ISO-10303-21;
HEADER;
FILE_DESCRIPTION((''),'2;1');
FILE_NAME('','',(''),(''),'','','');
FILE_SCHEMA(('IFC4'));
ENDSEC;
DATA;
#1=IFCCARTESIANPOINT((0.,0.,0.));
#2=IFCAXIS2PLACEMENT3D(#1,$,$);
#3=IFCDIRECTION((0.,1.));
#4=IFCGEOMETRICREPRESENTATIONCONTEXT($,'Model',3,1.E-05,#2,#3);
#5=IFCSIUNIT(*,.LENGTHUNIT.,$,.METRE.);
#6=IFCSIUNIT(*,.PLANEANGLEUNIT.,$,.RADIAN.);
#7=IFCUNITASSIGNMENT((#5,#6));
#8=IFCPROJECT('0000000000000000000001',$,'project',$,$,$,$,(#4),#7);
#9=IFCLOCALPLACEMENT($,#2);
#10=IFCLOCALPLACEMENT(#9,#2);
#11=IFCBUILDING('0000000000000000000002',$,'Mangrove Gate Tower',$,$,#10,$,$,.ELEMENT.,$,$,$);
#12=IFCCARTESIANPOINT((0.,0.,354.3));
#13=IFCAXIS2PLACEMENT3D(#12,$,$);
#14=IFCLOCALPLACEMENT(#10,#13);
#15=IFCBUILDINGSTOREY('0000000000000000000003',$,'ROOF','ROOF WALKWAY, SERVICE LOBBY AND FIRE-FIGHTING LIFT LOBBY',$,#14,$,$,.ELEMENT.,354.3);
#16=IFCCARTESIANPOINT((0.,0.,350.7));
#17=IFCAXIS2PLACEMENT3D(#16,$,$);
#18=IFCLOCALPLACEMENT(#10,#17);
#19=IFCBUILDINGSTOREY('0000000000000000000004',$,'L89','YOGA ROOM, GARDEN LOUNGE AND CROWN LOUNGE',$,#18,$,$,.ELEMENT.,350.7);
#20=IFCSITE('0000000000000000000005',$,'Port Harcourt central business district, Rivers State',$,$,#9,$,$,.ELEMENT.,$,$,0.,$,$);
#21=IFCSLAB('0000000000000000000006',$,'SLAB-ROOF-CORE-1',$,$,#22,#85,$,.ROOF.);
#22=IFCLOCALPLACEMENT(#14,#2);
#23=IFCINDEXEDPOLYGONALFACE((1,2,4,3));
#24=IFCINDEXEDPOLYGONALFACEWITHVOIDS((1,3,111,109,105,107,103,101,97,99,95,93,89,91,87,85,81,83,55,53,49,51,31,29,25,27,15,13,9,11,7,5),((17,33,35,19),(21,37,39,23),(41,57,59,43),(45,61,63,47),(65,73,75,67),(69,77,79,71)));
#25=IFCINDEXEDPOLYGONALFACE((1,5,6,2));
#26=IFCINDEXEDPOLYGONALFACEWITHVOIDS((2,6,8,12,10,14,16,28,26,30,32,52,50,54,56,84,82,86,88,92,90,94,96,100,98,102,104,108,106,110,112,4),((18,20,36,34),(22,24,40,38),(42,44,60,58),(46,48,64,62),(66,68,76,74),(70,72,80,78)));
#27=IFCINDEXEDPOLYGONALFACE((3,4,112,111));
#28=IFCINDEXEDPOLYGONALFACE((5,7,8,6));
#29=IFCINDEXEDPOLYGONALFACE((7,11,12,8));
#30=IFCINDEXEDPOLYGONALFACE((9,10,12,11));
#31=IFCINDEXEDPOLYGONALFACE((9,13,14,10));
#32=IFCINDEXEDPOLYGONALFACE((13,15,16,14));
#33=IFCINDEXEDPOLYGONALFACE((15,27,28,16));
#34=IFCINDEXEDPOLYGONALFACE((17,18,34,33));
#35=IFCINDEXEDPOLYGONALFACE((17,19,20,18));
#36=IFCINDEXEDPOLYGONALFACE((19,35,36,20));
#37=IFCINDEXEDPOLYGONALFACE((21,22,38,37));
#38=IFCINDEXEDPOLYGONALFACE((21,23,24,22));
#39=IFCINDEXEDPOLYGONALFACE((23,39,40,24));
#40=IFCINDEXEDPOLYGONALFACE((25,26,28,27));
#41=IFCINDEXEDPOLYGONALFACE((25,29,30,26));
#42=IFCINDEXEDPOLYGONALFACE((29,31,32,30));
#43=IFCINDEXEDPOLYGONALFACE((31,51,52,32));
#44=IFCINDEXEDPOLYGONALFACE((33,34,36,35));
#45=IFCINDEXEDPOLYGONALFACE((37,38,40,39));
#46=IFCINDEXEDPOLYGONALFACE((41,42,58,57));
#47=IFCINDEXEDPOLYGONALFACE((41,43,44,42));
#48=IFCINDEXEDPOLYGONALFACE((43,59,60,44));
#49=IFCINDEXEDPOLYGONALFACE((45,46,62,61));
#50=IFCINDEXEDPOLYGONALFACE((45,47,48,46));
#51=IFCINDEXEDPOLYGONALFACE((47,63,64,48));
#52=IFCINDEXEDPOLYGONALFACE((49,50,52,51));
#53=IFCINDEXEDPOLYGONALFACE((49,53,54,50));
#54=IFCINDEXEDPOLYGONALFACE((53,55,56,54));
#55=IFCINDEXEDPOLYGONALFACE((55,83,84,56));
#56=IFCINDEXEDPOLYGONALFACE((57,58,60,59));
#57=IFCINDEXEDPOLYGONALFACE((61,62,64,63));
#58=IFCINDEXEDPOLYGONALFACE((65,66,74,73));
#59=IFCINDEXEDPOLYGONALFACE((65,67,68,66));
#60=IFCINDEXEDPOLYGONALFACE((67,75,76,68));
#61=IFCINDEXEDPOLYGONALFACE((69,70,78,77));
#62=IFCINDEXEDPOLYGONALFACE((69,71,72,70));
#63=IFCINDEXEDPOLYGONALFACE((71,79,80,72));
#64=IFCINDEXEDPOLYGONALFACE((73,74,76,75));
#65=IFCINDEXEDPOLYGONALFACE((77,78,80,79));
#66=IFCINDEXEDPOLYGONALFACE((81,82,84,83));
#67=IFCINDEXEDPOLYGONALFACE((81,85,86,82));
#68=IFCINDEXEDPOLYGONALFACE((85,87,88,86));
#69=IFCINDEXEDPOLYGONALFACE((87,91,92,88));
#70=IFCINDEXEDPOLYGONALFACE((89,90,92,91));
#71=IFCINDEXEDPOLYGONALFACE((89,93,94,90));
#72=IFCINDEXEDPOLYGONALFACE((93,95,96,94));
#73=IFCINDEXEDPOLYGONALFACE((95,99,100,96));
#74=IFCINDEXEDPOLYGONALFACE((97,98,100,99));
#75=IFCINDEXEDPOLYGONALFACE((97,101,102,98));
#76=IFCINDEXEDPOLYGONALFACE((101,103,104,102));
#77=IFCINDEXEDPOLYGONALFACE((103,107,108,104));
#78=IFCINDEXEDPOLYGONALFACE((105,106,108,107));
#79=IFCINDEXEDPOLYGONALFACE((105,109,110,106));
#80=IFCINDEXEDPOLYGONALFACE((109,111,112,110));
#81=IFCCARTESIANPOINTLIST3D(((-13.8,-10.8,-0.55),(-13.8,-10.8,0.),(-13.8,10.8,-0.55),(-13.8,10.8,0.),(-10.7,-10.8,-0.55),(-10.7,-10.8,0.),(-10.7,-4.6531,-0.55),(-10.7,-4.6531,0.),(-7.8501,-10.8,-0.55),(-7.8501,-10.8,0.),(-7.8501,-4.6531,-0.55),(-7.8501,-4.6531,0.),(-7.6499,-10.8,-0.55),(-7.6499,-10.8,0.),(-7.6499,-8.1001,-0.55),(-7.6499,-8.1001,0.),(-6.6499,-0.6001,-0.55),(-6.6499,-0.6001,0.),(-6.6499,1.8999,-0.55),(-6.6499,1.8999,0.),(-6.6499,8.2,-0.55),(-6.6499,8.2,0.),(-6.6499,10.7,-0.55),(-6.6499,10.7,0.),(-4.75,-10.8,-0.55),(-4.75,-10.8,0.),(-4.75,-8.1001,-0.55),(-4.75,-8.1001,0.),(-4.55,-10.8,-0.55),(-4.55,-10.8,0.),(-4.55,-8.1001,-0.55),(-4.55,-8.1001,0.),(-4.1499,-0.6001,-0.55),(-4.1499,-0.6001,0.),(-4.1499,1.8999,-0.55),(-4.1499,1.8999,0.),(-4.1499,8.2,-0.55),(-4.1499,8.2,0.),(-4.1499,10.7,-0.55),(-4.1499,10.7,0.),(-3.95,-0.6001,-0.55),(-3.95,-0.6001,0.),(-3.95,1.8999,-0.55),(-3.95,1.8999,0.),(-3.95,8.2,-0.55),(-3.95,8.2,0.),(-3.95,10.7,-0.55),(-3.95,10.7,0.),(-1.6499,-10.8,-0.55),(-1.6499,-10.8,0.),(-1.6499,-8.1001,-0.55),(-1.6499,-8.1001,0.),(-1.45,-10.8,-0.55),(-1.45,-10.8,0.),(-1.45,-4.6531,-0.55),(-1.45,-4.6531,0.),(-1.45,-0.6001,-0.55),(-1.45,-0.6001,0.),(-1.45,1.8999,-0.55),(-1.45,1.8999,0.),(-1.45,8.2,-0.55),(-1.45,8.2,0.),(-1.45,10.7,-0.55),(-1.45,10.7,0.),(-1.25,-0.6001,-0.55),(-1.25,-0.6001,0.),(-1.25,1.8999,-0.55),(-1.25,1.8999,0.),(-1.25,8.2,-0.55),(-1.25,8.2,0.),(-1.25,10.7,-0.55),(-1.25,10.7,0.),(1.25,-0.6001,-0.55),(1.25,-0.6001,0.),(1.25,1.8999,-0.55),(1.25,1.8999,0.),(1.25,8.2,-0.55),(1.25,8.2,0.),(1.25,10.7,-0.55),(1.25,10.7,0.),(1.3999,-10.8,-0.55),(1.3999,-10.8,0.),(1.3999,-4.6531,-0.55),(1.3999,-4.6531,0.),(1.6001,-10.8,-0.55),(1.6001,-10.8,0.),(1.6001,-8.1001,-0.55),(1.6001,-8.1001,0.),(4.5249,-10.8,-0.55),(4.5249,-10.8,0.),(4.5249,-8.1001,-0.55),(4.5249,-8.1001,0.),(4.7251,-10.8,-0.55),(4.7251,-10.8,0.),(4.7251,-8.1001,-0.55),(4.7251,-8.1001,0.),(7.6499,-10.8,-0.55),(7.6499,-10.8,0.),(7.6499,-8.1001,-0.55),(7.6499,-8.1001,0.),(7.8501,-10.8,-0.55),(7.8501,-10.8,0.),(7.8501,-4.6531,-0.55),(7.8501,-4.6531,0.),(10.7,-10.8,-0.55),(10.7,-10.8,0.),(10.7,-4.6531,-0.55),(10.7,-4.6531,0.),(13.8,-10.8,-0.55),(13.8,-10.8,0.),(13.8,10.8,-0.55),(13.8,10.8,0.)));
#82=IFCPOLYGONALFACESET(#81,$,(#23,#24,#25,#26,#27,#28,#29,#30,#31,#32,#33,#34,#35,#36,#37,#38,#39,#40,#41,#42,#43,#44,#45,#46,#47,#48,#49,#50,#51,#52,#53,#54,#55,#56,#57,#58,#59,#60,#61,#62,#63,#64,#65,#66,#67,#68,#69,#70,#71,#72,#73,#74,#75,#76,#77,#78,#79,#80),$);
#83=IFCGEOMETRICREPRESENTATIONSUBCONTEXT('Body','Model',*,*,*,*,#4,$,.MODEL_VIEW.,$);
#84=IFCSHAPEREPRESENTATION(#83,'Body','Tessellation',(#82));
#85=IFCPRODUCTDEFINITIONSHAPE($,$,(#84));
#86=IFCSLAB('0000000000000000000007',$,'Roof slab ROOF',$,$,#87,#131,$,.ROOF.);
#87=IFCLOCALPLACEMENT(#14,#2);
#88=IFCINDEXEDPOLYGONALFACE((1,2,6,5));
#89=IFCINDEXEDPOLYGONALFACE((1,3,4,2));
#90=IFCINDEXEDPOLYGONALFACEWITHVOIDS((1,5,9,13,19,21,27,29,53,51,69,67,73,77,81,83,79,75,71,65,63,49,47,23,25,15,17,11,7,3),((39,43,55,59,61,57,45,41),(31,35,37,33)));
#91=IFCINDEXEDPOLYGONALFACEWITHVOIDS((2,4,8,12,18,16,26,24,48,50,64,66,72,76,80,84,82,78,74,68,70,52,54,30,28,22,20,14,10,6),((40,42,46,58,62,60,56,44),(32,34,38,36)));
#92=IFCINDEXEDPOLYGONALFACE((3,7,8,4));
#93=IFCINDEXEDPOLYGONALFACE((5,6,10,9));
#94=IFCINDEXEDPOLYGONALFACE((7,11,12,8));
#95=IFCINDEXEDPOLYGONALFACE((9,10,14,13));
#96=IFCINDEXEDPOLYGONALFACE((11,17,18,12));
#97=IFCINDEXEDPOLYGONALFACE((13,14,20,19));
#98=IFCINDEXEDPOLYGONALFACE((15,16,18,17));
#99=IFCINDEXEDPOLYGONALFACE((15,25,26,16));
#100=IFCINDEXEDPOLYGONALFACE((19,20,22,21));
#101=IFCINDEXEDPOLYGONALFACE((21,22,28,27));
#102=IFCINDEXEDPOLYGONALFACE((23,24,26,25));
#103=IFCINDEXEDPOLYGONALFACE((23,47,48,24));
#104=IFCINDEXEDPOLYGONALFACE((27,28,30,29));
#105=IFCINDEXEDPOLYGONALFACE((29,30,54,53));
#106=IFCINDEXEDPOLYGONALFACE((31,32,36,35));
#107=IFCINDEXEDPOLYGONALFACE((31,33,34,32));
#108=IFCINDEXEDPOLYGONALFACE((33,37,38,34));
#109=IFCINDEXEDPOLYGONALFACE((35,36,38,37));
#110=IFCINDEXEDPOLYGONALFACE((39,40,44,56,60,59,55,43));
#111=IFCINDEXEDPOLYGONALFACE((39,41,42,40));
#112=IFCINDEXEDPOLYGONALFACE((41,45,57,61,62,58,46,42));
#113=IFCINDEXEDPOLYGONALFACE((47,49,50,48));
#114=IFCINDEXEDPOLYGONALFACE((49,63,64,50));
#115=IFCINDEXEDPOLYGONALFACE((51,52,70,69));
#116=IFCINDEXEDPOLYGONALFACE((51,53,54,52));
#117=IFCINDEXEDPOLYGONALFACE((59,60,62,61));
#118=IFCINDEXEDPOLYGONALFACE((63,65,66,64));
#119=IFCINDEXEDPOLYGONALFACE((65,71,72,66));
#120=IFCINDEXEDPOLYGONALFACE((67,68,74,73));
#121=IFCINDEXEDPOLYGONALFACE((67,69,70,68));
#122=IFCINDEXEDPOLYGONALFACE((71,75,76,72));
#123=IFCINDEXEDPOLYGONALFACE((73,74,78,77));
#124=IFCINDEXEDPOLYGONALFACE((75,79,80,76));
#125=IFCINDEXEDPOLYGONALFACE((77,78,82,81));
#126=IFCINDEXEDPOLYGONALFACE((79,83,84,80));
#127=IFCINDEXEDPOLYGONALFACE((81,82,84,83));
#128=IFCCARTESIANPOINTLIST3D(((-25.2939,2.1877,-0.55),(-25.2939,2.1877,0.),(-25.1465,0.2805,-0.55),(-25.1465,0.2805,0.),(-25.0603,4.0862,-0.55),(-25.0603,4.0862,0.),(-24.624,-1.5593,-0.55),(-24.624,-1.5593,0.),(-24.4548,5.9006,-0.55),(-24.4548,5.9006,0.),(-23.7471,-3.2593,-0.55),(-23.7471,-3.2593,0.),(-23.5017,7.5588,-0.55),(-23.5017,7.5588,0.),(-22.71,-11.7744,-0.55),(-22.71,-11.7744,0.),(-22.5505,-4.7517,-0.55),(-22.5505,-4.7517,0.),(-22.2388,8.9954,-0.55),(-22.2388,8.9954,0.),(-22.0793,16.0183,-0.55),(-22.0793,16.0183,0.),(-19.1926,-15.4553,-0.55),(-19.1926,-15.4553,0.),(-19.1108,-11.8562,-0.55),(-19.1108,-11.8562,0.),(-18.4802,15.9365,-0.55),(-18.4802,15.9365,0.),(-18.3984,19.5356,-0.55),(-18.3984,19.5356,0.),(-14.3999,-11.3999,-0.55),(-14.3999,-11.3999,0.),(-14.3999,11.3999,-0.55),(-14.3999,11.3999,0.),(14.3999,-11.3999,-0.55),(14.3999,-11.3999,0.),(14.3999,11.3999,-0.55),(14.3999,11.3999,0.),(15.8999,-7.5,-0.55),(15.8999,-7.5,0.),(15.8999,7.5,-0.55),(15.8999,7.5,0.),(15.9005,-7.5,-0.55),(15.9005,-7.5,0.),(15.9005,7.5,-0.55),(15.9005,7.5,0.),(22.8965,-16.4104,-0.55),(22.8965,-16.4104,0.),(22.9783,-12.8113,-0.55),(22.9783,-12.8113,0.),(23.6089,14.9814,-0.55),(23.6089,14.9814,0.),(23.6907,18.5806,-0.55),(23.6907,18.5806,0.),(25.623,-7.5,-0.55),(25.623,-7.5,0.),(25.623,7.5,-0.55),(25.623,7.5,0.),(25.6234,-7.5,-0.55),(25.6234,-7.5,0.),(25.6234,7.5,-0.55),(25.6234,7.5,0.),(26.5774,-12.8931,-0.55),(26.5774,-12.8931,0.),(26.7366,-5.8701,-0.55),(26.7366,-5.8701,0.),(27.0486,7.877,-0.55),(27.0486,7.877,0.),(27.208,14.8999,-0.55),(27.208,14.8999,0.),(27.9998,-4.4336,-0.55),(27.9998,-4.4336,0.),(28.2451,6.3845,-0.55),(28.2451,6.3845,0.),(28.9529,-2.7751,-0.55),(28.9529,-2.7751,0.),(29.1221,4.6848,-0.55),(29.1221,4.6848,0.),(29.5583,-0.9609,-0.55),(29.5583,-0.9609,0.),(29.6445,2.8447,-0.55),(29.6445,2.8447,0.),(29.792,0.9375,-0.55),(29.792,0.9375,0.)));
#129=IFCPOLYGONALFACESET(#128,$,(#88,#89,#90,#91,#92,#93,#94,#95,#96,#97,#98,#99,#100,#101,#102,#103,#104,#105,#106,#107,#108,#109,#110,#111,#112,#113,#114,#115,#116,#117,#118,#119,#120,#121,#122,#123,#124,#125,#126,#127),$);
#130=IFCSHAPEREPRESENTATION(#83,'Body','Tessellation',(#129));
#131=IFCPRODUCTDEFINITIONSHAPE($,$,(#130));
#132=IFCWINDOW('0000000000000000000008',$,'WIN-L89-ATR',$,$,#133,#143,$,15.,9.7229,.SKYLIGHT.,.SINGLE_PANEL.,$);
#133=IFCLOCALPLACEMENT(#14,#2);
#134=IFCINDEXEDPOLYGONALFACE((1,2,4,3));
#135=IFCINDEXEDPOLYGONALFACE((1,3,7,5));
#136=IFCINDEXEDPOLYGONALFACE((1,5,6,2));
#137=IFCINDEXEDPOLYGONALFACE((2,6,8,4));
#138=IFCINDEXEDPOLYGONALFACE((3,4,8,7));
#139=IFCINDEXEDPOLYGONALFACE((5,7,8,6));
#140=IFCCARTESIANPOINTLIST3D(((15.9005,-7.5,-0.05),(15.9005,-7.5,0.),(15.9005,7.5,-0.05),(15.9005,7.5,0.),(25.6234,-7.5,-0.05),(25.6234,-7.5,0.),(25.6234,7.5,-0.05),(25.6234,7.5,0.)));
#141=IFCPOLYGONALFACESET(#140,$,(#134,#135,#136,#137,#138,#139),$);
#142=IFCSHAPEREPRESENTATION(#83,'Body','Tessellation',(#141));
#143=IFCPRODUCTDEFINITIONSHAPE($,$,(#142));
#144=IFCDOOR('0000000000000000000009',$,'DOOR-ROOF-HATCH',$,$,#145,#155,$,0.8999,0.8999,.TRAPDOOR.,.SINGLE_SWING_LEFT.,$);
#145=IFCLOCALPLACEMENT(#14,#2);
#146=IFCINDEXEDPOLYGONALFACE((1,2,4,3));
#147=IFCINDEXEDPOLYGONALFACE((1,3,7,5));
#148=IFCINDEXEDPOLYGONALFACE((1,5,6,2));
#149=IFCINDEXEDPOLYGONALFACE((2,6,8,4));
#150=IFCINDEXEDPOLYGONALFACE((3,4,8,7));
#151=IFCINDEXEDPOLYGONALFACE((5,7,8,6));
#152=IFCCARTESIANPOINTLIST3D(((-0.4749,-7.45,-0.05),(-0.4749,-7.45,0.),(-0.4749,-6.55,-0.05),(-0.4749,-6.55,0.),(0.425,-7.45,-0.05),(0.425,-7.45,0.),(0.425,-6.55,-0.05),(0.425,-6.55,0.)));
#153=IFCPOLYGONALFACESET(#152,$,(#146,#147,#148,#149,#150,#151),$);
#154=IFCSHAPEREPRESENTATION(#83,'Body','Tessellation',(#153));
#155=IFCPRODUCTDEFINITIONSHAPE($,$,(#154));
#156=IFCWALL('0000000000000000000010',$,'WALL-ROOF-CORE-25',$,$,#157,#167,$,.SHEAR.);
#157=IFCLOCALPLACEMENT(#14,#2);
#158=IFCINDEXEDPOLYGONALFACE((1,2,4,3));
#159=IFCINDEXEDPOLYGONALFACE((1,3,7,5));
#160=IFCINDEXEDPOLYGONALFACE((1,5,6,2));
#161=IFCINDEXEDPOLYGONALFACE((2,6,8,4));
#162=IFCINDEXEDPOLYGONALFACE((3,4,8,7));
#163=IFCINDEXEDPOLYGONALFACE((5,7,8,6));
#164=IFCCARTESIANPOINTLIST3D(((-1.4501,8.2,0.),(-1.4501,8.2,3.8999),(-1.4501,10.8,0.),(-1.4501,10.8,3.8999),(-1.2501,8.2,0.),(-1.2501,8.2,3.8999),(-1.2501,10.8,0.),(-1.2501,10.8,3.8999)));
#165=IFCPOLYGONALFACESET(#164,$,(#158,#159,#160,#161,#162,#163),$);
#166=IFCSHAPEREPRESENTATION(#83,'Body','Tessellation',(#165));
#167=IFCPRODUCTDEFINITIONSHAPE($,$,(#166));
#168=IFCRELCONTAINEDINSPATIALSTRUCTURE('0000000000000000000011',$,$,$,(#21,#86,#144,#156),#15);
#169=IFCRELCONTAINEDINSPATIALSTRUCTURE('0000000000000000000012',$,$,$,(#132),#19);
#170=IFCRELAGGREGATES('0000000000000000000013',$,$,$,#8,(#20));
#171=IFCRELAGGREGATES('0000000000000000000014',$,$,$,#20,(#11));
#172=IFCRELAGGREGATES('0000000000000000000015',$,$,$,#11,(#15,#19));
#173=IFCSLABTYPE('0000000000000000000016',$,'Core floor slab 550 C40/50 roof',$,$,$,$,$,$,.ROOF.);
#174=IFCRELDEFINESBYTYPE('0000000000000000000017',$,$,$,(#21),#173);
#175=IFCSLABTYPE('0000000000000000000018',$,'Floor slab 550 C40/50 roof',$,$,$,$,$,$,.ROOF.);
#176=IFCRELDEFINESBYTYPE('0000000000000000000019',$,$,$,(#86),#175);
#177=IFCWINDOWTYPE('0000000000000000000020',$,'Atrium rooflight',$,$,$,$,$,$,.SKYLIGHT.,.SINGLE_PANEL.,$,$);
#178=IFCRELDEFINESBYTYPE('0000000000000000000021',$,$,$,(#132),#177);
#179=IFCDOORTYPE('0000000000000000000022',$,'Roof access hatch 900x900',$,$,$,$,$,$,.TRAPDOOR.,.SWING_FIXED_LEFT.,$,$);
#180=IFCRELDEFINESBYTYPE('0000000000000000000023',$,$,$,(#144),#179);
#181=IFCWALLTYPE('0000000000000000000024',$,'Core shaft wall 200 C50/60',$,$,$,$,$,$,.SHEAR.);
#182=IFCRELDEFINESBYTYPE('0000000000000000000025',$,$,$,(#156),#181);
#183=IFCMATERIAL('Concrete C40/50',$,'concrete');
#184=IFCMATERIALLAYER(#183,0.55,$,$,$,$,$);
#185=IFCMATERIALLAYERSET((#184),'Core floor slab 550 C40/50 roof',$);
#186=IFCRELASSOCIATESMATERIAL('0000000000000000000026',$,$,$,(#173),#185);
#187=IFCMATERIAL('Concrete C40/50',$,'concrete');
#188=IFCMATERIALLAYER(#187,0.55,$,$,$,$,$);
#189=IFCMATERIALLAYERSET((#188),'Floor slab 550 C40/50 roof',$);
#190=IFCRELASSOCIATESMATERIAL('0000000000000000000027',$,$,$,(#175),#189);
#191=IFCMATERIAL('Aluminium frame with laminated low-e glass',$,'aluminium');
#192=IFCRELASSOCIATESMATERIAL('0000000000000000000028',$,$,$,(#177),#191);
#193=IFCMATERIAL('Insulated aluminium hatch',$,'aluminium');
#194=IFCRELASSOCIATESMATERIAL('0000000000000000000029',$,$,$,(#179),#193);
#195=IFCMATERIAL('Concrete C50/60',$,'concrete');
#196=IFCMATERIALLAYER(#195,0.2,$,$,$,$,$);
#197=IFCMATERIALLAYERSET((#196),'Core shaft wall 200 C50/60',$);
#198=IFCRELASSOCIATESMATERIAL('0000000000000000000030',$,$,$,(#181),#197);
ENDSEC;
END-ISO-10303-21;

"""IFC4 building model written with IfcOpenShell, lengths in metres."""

from ifc_helpers import new_model, si_unit, direction, frame, frame_2d, origin, origin_2d, place, context, subcontext, project, spatial, polyline, rectangle, outline, extrude, material, layer, layer_set, type_object, element, fill, save


model = new_model("IFC4")

# Units and contexts
model_context = context("Model", 3, precision=1e-05, world=origin(), true_north=direction((0.0, 1.0)))
body_context = subcontext(model_context, "Body", "Model", "MODEL_VIEW")
ifc_project = project(units=[si_unit("LENGTHUNIT", "METRE"), si_unit("PLANEANGLEUNIT", "RADIAN")], contexts=[model_context])

# Site, building, storey
site_placement = place(None, origin())
site = spatial("IfcSite", under=ifc_project, at=site_placement, Name="Port Harcourt central business district, Rivers State", CompositionType="ELEMENT", RefElevation=0.0)
building_placement = place(site_placement, origin())
building = spatial("IfcBuilding", under=site, at=building_placement, Name="Mangrove Gate Tower", CompositionType="ELEMENT")
storey_1_placement = place(building_placement, frame((0.0, 0.0, 354.3)))
storey_1 = spatial("IfcBuildingStorey", under=building, at=storey_1_placement, Name="ROOF", Description="ROOF WALKWAY, SERVICE LOBBY AND FIRE-FIGHTING LIFT LOBBY", CompositionType="ELEMENT", Elevation=354.3)

# Slab
ifc_material_1 = material(Name="Concrete C40/50", Category="concrete")
ifc_layer_1 = layer(ifc_material_1, 0.55)
ifc_layer_set_1 = layer_set([ifc_layer_1], Name="Core floor slab 550 C40/50 roof")
slab_type_1 = type_object("IfcSlabType", Name="Core floor slab 550 C40/50 roof", PredefinedType="ROOF", material=ifc_layer_set_1)
slab_1_placement = place(storey_1_placement, frame((0.0, 0.0, -0.55)))
element("IfcSlab", 1, at=slab_1_placement, inside=storey_1, type_object=slab_type_1, Name="SLAB-ROOF-CORE-1", PredefinedType="ROOF", context=body_context, shape_type="SweptSolid", body=[
    extrude(outline(polyline([(-13.8, -10.8), (-13.8, 10.8), (13.8, 10.8), (13.8, -10.8), (10.7, -10.8), (10.7, -4.6531), (7.8501, -4.6531), (7.8501, -10.8), (7.6499, -10.8), (7.6499, -8.1001), (4.7251, -8.1001), (4.7251, -10.8), (4.5249, -10.8), (4.5249, -8.1001), (1.6001, -8.1001), (1.6001, -10.8), (1.3999, -10.8), (1.3999, -4.6531), (-1.45, -4.6531), (-1.45, -10.8), (-1.6499, -10.8), (-1.6499, -8.1001), (-4.55, -8.1001), (-4.55, -10.8), (-4.75, -10.8), (-4.75, -8.1001), (-7.6499, -8.1001), (-7.6499, -10.8), (-7.8501, -10.8), (-7.8501, -4.6531), (-10.7, -4.6531), (-10.7, -10.8), (-13.8, -10.8)]), holes=[polyline([(-4.1499, 1.8999), (-6.6499, 1.8999), (-6.6499, -0.6001), (-4.1499, -0.6001), (-4.1499, 1.8999)]), polyline([(-1.45, -0.6001), (-1.45, 1.8999), (-3.95, 1.8999), (-3.95, -0.6001), (-1.45, -0.6001)]), polyline([(-4.1499, 8.2), (-4.1499, 10.7), (-6.6499, 10.7), (-6.6499, 8.2), (-4.1499, 8.2)]), polyline([(-1.45, 10.7), (-3.95, 10.7), (-3.95, 8.2), (-1.45, 8.2), (-1.45, 10.7)]), polyline([(1.25, -0.6001), (1.25, 1.8999), (-1.25, 1.8999), (-1.25, -0.6001), (1.25, -0.6001)]), polyline([(1.25, 8.2), (1.25, 10.7), (-1.25, 10.7), (-1.25, 8.2), (1.25, 8.2)])]), origin(), (0.0, 0.0, 1.0), 0.55),
])

# Slab, openings
ifc_material_2 = material(Name="Concrete C40/50", Category="concrete")
ifc_layer_2 = layer(ifc_material_2, 0.55)
ifc_layer_set_2 = layer_set([ifc_layer_2], Name="Floor slab 550 C40/50 roof")
slab_type_2 = type_object("IfcSlabType", Name="Floor slab 550 C40/50 roof", PredefinedType="ROOF", material=ifc_layer_set_2)
slab_2_placement = place(storey_1_placement, frame((0.0, 0.0, -0.55)))
slab_2 = element("IfcSlab", 2, at=slab_2_placement, inside=storey_1, type_object=slab_type_2, Name="Roof slab ROOF", PredefinedType="ROOF", context=body_context, shape_type="SweptSolid", body=[
    extrude(outline(polyline([(-19.1926, -15.4553), (22.8965, -16.4104), (22.9783, -12.8113), (26.5774, -12.8931), (26.7366, -5.8701), (27.9998, -4.4336), (28.9529, -2.7751), (29.5583, -0.9609), (29.792, 0.9375), (29.6445, 2.8447), (29.1221, 4.6848), (28.2451, 6.3845), (27.0486, 7.877), (27.208, 14.8999), (23.6089, 14.9814), (23.6907, 18.5806), (-18.3984, 19.5356), (-18.4802, 15.9365), (-22.0793, 16.0183), (-22.2388, 8.9954), (-23.5017, 7.5588), (-24.4548, 5.9006), (-25.0603, 4.0862), (-25.2939, 2.1877), (-25.1465, 0.2805), (-24.624, -1.5593), (-23.7471, -3.2593), (-22.5505, -4.7517), (-22.71, -11.7744), (-19.1108, -11.8562), (-19.1926, -15.4553)]), holes=[polyline([(15.8999, 7.5), (25.623, 7.5), (25.623, -7.5), (15.8999, -7.5), (15.8999, 7.5)]), polyline([(-14.3999, -11.3999), (-14.3999, 11.3999), (14.3999, 11.3999), (14.3999, -11.3999), (-14.3999, -11.3999)])]), origin(), (0.0, 0.0, 1.0), 0.55),
])
opening_1_placement = place(slab_2_placement, frame((20.762, 0.0, 0.0)))
opening_1 = element("IfcOpeningElement", 3, at=opening_1_placement, cuts=slab_2, PredefinedType="OPENING", context=body_context, shape_type="SweptSolid", body=[
    extrude(rectangle(XDim=9.7229, YDim=15.0, at=origin_2d()), origin(), (0.0, 0.0, 1.0), 0.55),
])
opening_2_placement = place(slab_2_placement, frame((-0.0249, -7.0, 0.0)))
opening_2 = element("IfcOpeningElement", 4, at=opening_2_placement, cuts=slab_2, PredefinedType="OPENING", context=body_context, shape_type="SweptSolid", body=[
    extrude(rectangle(XDim=0.8999, YDim=0.8999, at=origin_2d()), origin(), (0.0, 0.0, 1.0), 0.55),
])

# Shared definitions
storey_2_placement = place(building_placement, frame((0.0, 0.0, 350.7)))
storey_2 = spatial("IfcBuildingStorey", under=building, at=storey_2_placement, Name="L89", Description="YOGA ROOM, GARDEN LOUNGE AND CROWN LOUNGE", CompositionType="ELEMENT", Elevation=350.7)

# Window
ifc_material_3 = material(Name="Aluminium frame with laminated low-e glass", Category="aluminium")
window_type = type_object("IfcWindowType", Name="Atrium rooflight", PartitioningType="SINGLE_PANEL", PredefinedType="SKYLIGHT", material=ifc_material_3)
window_placement = place(opening_1_placement, frame((0.0, 0.0, 0.5)))
window = element("IfcWindow", 5, at=window_placement, inside=storey_2, type_object=window_type, Name="WIN-L89-ATR", OverallHeight=15.0, OverallWidth=9.7229, PartitioningType="SINGLE_PANEL", PredefinedType="SKYLIGHT", context=body_context, shape_type="SweptSolid", body=[
    extrude(rectangle(XDim=9.7229, YDim=15.0, at=origin_2d()), origin(), (0.0, 0.0, 1.0), 0.05),
])
fill(opening_1, window)

# Door
ifc_material_4 = material(Name="Insulated aluminium hatch", Category="aluminium")
door_type = type_object("IfcDoorType", Name="Roof access hatch 900x900", OperationType="SWING_FIXED_LEFT", PredefinedType="TRAPDOOR", material=ifc_material_4)
door_placement = place(opening_2_placement, frame((0.0, 0.0, 0.5)))
door = element("IfcDoor", 6, at=door_placement, inside=storey_1, type_object=door_type, Name="DOOR-ROOF-HATCH", OperationType="SINGLE_SWING_LEFT", OverallHeight=0.8999, OverallWidth=0.8999, PredefinedType="TRAPDOOR", context=body_context, shape_type="SweptSolid", body=[
    extrude(rectangle(XDim=0.8999, YDim=0.8999, at=origin_2d()), origin(), (0.0, 0.0, 1.0), 0.05),
])
fill(opening_2, door)

# Wall
ifc_material_5 = material(Name="Concrete C50/60", Category="concrete")
ifc_layer_3 = layer(ifc_material_5, 0.2)
ifc_layer_set_3 = layer_set([ifc_layer_3], Name="Core shaft wall 200 C50/60")
wall_type_1 = type_object("IfcWallType", Name="Core shaft wall 200 C50/60", PredefinedType="SHEAR", material=ifc_layer_set_3)
for number, where, z_axis, x_axis, name in (
    (7, (-1.3501, 8.2, 0.0), (0.0, 0.0, 1.0), (0.0, 1.0, 0.0), "WALL-ROOF-CORE-25"),
):
    element("IfcWall", number, at=place(storey_1_placement, frame(where, z_axis=z_axis, x_axis=x_axis)), inside=storey_1, type_object=wall_type_1, Name=name, PredefinedType="SHEAR", context=body_context, shape_type="SweptSolid", body=[
        extrude(rectangle(XDim=2.6001, YDim=0.2, at=frame_2d((1.3, 0.0))), origin(), (0.0, 0.0, 1.0), 3.8999),
    ])

save(model, "model.ifc")
